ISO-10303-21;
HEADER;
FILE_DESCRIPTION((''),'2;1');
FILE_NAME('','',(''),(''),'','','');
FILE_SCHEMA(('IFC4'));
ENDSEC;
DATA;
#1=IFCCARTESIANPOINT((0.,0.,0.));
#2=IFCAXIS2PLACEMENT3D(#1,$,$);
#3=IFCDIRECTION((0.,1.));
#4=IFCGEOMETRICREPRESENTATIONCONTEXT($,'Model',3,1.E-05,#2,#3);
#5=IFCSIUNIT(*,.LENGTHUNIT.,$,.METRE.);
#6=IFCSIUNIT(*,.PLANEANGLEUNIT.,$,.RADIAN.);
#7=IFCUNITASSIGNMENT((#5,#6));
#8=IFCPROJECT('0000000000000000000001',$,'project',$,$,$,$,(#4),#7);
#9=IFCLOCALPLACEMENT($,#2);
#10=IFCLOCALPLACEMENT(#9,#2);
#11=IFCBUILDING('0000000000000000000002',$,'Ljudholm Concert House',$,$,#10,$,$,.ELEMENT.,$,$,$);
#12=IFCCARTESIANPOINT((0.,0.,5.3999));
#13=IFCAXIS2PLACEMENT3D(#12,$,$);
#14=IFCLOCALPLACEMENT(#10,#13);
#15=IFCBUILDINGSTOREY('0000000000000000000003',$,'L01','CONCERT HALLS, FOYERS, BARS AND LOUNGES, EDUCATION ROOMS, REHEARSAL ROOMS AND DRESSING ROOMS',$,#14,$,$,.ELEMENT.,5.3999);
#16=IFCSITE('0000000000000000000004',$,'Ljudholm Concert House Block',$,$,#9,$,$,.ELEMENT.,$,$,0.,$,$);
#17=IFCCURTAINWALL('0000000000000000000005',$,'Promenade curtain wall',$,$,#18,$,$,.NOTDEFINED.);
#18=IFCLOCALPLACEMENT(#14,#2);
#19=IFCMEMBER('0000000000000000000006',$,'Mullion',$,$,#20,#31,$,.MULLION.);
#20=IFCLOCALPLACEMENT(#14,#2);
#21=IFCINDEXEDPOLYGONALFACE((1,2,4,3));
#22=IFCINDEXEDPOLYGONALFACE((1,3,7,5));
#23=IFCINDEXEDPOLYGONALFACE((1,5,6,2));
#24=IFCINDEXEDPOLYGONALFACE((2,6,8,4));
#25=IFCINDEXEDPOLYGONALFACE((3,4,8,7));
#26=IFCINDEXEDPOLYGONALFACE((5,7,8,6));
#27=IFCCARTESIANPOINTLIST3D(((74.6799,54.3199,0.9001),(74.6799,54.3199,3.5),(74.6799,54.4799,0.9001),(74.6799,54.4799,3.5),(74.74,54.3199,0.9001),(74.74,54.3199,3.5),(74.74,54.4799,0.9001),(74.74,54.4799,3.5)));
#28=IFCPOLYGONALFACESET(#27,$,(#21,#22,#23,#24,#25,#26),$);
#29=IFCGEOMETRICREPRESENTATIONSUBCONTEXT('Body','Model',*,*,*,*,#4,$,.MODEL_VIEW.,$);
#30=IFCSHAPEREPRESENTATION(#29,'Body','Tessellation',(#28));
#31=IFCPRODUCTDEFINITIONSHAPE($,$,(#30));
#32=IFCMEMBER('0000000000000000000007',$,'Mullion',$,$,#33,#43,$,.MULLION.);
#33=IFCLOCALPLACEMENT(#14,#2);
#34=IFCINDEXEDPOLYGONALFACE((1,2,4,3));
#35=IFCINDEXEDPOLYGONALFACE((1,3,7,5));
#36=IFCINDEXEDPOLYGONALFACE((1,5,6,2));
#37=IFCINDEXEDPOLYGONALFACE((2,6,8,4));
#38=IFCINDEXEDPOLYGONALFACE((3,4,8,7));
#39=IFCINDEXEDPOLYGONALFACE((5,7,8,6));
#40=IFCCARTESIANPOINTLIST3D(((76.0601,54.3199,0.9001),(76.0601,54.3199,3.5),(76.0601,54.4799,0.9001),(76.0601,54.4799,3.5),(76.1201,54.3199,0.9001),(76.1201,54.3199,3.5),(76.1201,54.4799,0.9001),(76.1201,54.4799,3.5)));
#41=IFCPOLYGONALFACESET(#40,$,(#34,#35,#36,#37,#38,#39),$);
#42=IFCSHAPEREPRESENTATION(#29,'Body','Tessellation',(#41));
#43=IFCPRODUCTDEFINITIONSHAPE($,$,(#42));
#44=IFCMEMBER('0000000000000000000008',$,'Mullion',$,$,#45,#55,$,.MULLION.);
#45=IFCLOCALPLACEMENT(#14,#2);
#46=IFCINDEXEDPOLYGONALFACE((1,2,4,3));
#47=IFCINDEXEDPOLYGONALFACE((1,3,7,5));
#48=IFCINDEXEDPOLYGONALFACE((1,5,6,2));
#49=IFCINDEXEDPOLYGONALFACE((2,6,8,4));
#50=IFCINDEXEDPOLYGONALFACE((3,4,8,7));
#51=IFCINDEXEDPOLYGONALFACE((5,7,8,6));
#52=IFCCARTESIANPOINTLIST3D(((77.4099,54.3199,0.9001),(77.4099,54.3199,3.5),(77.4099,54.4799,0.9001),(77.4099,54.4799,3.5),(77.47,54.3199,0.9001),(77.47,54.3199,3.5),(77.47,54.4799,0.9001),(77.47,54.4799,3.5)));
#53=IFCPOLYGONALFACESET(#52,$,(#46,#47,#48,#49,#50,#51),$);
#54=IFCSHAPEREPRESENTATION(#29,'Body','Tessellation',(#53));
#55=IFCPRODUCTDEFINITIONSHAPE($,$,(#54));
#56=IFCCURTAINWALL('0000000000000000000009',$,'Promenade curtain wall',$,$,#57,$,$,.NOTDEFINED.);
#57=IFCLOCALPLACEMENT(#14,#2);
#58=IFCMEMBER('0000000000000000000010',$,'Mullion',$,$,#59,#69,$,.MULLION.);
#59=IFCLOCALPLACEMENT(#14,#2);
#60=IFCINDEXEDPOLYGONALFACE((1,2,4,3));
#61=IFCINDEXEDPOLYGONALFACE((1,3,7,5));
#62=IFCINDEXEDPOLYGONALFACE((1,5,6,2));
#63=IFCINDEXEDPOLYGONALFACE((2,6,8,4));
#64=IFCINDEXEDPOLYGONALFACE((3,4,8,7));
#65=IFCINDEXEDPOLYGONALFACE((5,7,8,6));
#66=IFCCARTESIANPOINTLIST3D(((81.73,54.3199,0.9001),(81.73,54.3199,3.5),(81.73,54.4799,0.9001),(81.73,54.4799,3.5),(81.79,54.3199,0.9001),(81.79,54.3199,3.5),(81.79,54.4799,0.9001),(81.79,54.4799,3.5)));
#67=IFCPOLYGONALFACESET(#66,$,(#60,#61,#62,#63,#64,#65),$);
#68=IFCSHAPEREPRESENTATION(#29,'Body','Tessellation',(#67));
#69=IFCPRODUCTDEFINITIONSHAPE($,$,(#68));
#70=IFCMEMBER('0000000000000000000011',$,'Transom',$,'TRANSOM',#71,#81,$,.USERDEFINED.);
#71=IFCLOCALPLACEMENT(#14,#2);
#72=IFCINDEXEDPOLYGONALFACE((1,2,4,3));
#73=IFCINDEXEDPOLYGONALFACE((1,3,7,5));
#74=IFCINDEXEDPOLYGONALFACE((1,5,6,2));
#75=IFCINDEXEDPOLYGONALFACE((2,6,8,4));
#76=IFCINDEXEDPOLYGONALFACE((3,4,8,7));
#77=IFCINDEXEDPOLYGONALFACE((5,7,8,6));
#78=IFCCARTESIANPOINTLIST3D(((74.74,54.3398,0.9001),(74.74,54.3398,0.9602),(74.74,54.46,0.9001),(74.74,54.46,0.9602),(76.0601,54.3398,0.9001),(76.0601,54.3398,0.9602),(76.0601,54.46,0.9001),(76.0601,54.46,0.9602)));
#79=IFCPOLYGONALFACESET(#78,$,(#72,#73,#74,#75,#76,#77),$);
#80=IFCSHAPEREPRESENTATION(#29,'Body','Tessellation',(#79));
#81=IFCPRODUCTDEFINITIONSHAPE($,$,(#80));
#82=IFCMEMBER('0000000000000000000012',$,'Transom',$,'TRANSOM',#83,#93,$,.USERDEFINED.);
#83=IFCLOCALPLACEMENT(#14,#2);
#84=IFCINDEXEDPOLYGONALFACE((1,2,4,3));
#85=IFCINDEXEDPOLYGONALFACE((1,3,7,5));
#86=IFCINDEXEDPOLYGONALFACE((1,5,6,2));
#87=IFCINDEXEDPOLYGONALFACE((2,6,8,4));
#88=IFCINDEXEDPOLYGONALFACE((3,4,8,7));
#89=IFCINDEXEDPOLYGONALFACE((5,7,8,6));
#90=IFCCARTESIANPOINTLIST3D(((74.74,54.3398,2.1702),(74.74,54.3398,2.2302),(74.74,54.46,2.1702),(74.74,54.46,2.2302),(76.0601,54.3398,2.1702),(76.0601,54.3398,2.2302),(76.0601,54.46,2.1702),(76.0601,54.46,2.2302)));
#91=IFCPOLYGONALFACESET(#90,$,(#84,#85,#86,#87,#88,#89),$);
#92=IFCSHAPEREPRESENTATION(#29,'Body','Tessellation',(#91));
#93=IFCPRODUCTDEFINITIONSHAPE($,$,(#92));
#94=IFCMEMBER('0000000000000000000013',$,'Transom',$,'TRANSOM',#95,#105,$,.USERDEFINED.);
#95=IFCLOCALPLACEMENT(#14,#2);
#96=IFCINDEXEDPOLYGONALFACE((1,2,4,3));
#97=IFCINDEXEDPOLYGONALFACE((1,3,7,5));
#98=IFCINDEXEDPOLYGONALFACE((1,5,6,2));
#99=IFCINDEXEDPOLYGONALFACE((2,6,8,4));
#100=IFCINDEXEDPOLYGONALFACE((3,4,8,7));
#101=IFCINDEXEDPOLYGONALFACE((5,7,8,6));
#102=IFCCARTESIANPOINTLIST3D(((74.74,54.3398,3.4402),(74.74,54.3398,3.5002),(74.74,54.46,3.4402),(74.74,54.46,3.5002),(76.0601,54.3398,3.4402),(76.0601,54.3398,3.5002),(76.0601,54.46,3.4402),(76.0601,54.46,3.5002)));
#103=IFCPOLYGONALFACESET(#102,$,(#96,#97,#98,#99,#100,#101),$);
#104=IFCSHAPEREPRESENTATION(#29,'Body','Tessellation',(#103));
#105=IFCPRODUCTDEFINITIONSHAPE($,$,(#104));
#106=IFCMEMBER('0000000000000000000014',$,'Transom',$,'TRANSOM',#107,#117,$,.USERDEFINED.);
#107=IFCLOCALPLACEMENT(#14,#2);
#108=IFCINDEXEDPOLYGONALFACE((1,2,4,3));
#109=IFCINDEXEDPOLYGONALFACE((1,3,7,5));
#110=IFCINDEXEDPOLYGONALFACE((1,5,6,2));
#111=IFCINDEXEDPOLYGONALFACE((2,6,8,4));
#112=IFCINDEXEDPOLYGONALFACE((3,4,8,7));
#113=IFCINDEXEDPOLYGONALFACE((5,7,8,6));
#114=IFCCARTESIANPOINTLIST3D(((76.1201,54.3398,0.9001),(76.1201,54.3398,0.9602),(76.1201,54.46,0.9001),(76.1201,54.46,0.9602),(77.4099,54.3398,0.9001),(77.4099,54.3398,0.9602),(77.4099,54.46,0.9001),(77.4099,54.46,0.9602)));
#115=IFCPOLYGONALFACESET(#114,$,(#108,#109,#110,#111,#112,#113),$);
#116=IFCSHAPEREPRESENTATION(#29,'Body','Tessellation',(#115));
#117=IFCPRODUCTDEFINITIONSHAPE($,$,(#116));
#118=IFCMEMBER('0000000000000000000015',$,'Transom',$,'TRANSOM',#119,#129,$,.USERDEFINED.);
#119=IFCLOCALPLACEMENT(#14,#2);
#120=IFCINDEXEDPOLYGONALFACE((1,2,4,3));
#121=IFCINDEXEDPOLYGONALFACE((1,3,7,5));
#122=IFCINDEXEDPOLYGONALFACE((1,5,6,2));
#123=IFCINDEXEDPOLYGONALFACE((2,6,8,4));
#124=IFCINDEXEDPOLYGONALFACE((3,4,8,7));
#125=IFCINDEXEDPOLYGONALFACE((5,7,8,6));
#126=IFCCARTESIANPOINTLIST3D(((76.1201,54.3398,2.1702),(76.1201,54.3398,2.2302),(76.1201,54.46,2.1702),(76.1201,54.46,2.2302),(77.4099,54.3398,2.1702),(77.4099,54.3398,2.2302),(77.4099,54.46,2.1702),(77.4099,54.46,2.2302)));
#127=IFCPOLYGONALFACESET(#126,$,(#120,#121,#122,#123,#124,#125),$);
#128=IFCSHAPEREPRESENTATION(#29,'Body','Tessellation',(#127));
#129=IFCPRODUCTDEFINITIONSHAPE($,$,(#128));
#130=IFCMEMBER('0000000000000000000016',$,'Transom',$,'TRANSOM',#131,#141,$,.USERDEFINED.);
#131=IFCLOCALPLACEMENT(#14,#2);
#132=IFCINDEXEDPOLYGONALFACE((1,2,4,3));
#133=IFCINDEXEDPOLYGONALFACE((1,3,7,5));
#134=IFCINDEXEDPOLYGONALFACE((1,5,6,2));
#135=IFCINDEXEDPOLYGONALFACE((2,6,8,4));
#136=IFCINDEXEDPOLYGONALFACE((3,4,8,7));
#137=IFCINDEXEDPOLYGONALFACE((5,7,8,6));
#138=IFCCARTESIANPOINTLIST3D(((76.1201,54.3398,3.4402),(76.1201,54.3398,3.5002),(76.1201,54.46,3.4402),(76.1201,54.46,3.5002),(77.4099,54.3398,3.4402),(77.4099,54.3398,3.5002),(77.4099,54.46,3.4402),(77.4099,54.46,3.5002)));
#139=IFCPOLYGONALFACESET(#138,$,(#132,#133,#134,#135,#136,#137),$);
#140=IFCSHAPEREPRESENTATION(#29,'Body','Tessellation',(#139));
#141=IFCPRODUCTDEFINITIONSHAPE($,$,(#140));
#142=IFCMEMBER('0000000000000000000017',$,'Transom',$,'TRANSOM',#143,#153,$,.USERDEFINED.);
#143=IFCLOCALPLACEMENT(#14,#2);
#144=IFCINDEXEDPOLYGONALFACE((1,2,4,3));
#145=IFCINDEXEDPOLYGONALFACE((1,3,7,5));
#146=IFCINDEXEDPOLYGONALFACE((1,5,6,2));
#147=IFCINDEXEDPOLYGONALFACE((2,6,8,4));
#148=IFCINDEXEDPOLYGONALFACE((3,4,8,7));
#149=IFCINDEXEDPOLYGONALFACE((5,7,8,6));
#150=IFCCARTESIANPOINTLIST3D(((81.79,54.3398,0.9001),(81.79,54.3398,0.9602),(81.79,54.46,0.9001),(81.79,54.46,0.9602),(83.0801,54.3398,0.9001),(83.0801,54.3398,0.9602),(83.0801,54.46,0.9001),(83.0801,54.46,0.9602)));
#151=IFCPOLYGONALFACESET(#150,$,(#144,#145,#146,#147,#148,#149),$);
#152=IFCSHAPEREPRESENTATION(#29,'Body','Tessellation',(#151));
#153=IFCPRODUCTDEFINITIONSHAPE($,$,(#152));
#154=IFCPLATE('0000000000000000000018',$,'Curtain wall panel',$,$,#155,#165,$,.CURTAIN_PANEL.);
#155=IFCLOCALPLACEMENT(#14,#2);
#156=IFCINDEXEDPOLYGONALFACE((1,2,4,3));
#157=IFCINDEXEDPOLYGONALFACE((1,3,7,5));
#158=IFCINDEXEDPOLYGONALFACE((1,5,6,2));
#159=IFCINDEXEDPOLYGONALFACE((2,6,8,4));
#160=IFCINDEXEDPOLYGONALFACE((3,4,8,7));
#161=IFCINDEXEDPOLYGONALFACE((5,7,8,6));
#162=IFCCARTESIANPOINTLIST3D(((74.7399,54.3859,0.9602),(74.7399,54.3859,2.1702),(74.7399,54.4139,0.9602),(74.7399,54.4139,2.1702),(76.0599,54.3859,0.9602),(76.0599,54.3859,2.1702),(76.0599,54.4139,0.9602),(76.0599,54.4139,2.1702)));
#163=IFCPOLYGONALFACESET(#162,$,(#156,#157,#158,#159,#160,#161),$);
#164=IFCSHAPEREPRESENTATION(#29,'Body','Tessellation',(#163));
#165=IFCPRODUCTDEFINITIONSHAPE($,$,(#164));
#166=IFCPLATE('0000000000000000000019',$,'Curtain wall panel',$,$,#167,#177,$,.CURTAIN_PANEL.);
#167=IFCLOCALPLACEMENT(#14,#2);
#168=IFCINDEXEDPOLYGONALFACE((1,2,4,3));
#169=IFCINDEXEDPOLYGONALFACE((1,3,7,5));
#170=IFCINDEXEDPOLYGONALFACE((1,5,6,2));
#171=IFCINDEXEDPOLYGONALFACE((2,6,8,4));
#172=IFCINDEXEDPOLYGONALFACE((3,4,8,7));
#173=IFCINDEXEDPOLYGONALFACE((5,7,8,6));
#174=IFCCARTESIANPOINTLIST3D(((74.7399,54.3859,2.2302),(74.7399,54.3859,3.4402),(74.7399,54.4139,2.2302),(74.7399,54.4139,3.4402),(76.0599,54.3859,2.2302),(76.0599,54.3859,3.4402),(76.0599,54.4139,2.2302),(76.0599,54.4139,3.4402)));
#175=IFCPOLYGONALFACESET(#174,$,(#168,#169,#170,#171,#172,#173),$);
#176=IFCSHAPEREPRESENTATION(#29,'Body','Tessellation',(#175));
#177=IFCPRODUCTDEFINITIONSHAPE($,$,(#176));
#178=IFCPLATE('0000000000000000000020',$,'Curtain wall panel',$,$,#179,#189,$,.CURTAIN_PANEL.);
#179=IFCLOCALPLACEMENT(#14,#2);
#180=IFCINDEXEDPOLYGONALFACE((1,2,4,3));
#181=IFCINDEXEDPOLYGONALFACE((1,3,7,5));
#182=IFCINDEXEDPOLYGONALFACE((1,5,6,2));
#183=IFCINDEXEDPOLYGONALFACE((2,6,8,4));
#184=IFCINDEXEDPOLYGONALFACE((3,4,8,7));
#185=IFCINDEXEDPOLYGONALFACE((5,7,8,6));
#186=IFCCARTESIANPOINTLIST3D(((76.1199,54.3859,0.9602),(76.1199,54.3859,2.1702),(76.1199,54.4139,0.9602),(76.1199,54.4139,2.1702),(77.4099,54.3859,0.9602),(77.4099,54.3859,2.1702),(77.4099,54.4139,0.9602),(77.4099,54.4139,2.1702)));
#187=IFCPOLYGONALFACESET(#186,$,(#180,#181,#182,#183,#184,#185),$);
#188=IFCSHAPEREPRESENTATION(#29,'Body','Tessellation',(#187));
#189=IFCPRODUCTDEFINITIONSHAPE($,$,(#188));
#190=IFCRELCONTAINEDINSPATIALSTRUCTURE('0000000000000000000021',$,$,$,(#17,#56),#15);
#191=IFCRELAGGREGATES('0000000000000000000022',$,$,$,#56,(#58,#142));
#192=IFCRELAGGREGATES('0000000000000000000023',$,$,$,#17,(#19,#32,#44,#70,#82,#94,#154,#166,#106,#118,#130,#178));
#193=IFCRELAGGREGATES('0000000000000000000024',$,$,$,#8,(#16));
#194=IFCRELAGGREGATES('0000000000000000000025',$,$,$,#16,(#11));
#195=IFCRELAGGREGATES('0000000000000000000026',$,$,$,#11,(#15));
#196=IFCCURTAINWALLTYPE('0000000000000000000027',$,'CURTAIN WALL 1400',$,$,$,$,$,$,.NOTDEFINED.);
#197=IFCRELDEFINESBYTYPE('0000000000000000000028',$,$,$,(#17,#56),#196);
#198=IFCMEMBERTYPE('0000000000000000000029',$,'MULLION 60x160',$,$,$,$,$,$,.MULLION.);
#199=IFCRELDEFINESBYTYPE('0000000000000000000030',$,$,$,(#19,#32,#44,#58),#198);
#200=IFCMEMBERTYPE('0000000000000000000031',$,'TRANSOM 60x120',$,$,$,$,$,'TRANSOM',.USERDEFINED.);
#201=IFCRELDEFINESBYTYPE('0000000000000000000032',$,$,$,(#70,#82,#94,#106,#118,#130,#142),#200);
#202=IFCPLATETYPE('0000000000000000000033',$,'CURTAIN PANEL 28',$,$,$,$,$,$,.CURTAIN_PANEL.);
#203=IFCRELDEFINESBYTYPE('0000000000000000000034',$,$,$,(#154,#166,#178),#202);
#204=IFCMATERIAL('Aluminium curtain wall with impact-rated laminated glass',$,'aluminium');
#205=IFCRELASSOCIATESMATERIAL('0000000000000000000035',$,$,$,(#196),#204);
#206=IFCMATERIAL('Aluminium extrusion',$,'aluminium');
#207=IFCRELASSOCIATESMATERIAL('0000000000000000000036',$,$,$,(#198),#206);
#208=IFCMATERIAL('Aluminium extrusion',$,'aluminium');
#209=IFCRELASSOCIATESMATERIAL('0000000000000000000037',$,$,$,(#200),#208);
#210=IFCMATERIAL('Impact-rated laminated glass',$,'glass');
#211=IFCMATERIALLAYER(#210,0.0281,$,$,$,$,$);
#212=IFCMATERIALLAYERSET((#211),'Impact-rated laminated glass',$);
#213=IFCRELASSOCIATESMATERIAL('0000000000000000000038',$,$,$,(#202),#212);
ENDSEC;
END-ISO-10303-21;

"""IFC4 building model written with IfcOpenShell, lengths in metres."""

from ifc_helpers import new_model, si_unit, direction, frame, origin, origin_2d, place, context, subcontext, project, spatial, rectangle, extrude, material, layer, layer_set, material_profile, profile_set, type_object, element, aggregate, save


model = new_model("IFC4")

# Units and contexts
model_context = context("Model", 3, precision=1e-05, world=origin(), true_north=direction((0.0, 1.0)))
body_context = subcontext(model_context, "Body", "Model", "MODEL_VIEW")
ifc_project = project(units=[si_unit("LENGTHUNIT", "METRE"), si_unit("PLANEANGLEUNIT", "RADIAN")], contexts=[model_context])

# Site, building, storey
site_placement = place(None, origin())
site = spatial("IfcSite", under=ifc_project, at=site_placement, Name="Ljudholm Concert House Block", CompositionType="ELEMENT", RefElevation=0.0)
building_placement = place(site_placement, origin())
building = spatial("IfcBuilding", under=site, at=building_placement, Name="Ljudholm Concert House", CompositionType="ELEMENT")
storey_placement = place(building_placement, frame((0.0, 0.0, 5.3999)))
storey = spatial("IfcBuildingStorey", under=building, at=storey_placement, Name="L01", Description="CONCERT HALLS, FOYERS, BARS AND LOUNGES, EDUCATION ROOMS, REHEARSAL ROOMS AND DRESSING ROOMS", CompositionType="ELEMENT", Elevation=5.3999)

# Curtain wall, members
ifc_material_1 = material(Name="Aluminium curtain wall with impact-rated laminated glass", Category="aluminium")
curtain_wall_type = type_object("IfcCurtainWallType", Name="CURTAIN WALL 1400", PredefinedType="NOTDEFINED", material=ifc_material_1)
curtain_wall_1_placement = place(storey_placement, origin())
curtain_wall_1 = element("IfcCurtainWall", 1, at=curtain_wall_1_placement, inside=storey, type_object=curtain_wall_type, Name="Promenade curtain wall", PredefinedType="NOTDEFINED")
ifc_material_2 = material(Name="Aluminium extrusion", Category="aluminium")
ifc_material_profile_1 = material_profile(ifc_material_2, rectangle(XDim=0.1599, YDim=0.0601, at=origin_2d()), Name="MULLION 60x160")
ifc_profile_set_1 = profile_set([ifc_material_profile_1], Name="Aluminium extrusion")
member_type_1 = type_object("IfcMemberType", Name="MULLION 60x160", PredefinedType="MULLION", material=ifc_profile_set_1)
member_1_placement = place(storey_placement, frame((74.71, 54.3999, 0.9001), z_axis=(0.0, 0.0, 1.0), x_axis=(0.0, 1.0, 0.0)))
member_1 = element("IfcMember", 2, at=member_1_placement, type_object=member_type_1, Name="Mullion", PredefinedType="MULLION", context=body_context, shape_type="SweptSolid", body=[
    extrude(rectangle(XDim=0.1599, YDim=0.0601, at=origin_2d()), origin(), (0.0, 0.0, 1.0), 2.5999),
])
member_2_placement = place(storey_placement, frame((76.0901, 54.3999, 0.9001), z_axis=(0.0, 0.0, 1.0), x_axis=(0.0, 1.0, 0.0)))
member_2 = element("IfcMember", 3, at=member_2_placement, type_object=member_type_1, Name="Mullion", PredefinedType="MULLION", context=body_context, shape_type="SweptSolid", body=[
    extrude(rectangle(XDim=0.1599, YDim=0.0601, at=origin_2d()), origin(), (0.0, 0.0, 1.0), 2.5999),
])
member_3_placement = place(storey_placement, frame((77.4399, 54.3999, 0.9001), z_axis=(0.0, 0.0, 1.0), x_axis=(0.0, 1.0, 0.0)))
member_3 = element("IfcMember", 4, at=member_3_placement, type_object=member_type_1, Name="Mullion", PredefinedType="MULLION", context=body_context, shape_type="SweptSolid", body=[
    extrude(rectangle(XDim=0.1599, YDim=0.0601, at=origin_2d()), origin(), (0.0, 0.0, 1.0), 2.5999),
])

# Curtain wall, member
curtain_wall_2_placement = place(storey_placement, origin())
curtain_wall_2 = element("IfcCurtainWall", 5, at=curtain_wall_2_placement, inside=storey, type_object=curtain_wall_type, Name="Promenade curtain wall", PredefinedType="NOTDEFINED")
member_4_placement = place(storey_placement, frame((81.76, 54.3999, 0.9001), z_axis=(0.0, 0.0, 1.0), x_axis=(0.0, 1.0, 0.0)))
member_4 = element("IfcMember", 6, at=member_4_placement, type_object=member_type_1, Name="Mullion", PredefinedType="MULLION", context=body_context, shape_type="SweptSolid", body=[
    extrude(rectangle(XDim=0.1599, YDim=0.0601, at=origin_2d()), origin(), (0.0, 0.0, 1.0), 2.5999),
])

# Members
ifc_material_3 = material(Name="Aluminium extrusion", Category="aluminium")
ifc_material_profile_2 = material_profile(ifc_material_3, rectangle(XDim=0.1201, YDim=0.0601, at=origin_2d()), Name="TRANSOM 60x120")
ifc_profile_set_2 = profile_set([ifc_material_profile_2], Name="Aluminium extrusion")
member_type_2 = type_object("IfcMemberType", Name="TRANSOM 60x120", ElementType="TRANSOM", PredefinedType="USERDEFINED", material=ifc_profile_set_2)
member_5_placement = place(storey_placement, frame((74.74, 54.3999, 0.9302), z_axis=(1.0, 0.0, 0.0), x_axis=(0.0, 1.0, 0.0)))
member_5 = element("IfcMember", 7, at=member_5_placement, type_object=member_type_2, Name="Transom", ObjectType="TRANSOM", PredefinedType="USERDEFINED", context=body_context, shape_type="SweptSolid", body=[
    extrude(rectangle(XDim=0.1201, YDim=0.0601, at=origin_2d()), origin(), (0.0, 0.0, 1.0), 1.3201),
])
member_6_placement = place(storey_placement, frame((74.74, 54.3999, 2.2002), z_axis=(1.0, 0.0, 0.0), x_axis=(0.0, 1.0, 0.0)))
member_6 = element("IfcMember", 8, at=member_6_placement, type_object=member_type_2, Name="Transom", ObjectType="TRANSOM", PredefinedType="USERDEFINED", context=body_context, shape_type="SweptSolid", body=[
    extrude(rectangle(XDim=0.1201, YDim=0.0601, at=origin_2d()), origin(), (0.0, 0.0, 1.0), 1.3201),
])
member_7_placement = place(storey_placement, frame((74.74, 54.3999, 3.4702), z_axis=(1.0, 0.0, 0.0), x_axis=(0.0, 1.0, 0.0)))
member_7 = element("IfcMember", 9, at=member_7_placement, type_object=member_type_2, Name="Transom", ObjectType="TRANSOM", PredefinedType="USERDEFINED", context=body_context, shape_type="SweptSolid", body=[
    extrude(rectangle(XDim=0.1201, YDim=0.0601, at=origin_2d()), origin(), (0.0, 0.0, 1.0), 1.3201),
])
member_8_placement = place(storey_placement, frame((76.1201, 54.3999, 0.9302), z_axis=(1.0, 0.0, 0.0), x_axis=(0.0, 1.0, 0.0)))
member_8 = element("IfcMember", 10, at=member_8_placement, type_object=member_type_2, Name="Transom", ObjectType="TRANSOM", PredefinedType="USERDEFINED", context=body_context, shape_type="SweptSolid", body=[
    extrude(rectangle(XDim=0.1201, YDim=0.0601, at=origin_2d()), origin(), (0.0, 0.0, 1.0), 1.2898),
])
member_9_placement = place(storey_placement, frame((76.1201, 54.3999, 2.2002), z_axis=(1.0, 0.0, 0.0), x_axis=(0.0, 1.0, 0.0)))
member_9 = element("IfcMember", 11, at=member_9_placement, type_object=member_type_2, Name="Transom", ObjectType="TRANSOM", PredefinedType="USERDEFINED", context=body_context, shape_type="SweptSolid", body=[
    extrude(rectangle(XDim=0.1201, YDim=0.0601, at=origin_2d()), origin(), (0.0, 0.0, 1.0), 1.2898),
])
member_10_placement = place(storey_placement, frame((76.1201, 54.3999, 3.4702), z_axis=(1.0, 0.0, 0.0), x_axis=(0.0, 1.0, 0.0)))
member_10 = element("IfcMember", 12, at=member_10_placement, type_object=member_type_2, Name="Transom", ObjectType="TRANSOM", PredefinedType="USERDEFINED", context=body_context, shape_type="SweptSolid", body=[
    extrude(rectangle(XDim=0.1201, YDim=0.0601, at=origin_2d()), origin(), (0.0, 0.0, 1.0), 1.2898),
])
member_11_placement = place(storey_placement, frame((81.79, 54.3999, 0.9302), z_axis=(1.0, 0.0, 0.0), x_axis=(0.0, 1.0, 0.0)))
member_11 = element("IfcMember", 13, at=member_11_placement, type_object=member_type_2, Name="Transom", ObjectType="TRANSOM", PredefinedType="USERDEFINED", context=body_context, shape_type="SweptSolid", body=[
    extrude(rectangle(XDim=0.1201, YDim=0.0601, at=origin_2d()), origin(), (0.0, 0.0, 1.0), 1.29),
])
aggregate(curtain_wall_2, [member_4, member_11])

# Plates
ifc_material_4 = material(Name="Impact-rated laminated glass", Category="glass")
ifc_layer_1 = layer(ifc_material_4, 0.0281)
ifc_layer_set_1 = layer_set([ifc_layer_1], Name="Impact-rated laminated glass")
plate_type = type_object("IfcPlateType", Name="CURTAIN PANEL 28", PredefinedType="CURTAIN_PANEL", material=ifc_layer_set_1)
plate_1_placement = place(storey_placement, frame((75.3999, 54.3999, 0.9602), z_axis=(0.0, 0.0, 1.0), x_axis=(1.0, 0.0, 0.0)))
plate_1 = element("IfcPlate", 14, at=plate_1_placement, type_object=plate_type, Name="Curtain wall panel", PredefinedType="CURTAIN_PANEL", context=body_context, shape_type="SweptSolid", body=[
    extrude(rectangle(XDim=1.3201, YDim=0.0281, at=origin_2d()), origin(), (0.0, 0.0, 1.0), 1.21),
])
plate_2_placement = place(storey_placement, frame((75.3999, 54.3999, 2.2302), z_axis=(0.0, 0.0, 1.0), x_axis=(1.0, 0.0, 0.0)))
plate_2 = element("IfcPlate", 15, at=plate_2_placement, type_object=plate_type, Name="Curtain wall panel", PredefinedType="CURTAIN_PANEL", context=body_context, shape_type="SweptSolid", body=[
    extrude(rectangle(XDim=1.3201, YDim=0.0281, at=origin_2d()), origin(), (0.0, 0.0, 1.0), 1.21),
])
plate_3_placement = place(storey_placement, frame((76.7649, 54.3999, 0.9602), z_axis=(0.0, 0.0, 1.0), x_axis=(1.0, 0.0, 0.0)))
plate_3 = element("IfcPlate", 16, at=plate_3_placement, type_object=plate_type, Name="Curtain wall panel", PredefinedType="CURTAIN_PANEL", context=body_context, shape_type="SweptSolid", body=[
    extrude(rectangle(XDim=1.29, YDim=0.0281, at=origin_2d()), origin(), (0.0, 0.0, 1.0), 1.21),
])
aggregate(curtain_wall_1, [member_1, member_2, member_3, member_5, member_6, member_7, plate_1, plate_2, member_8, member_9, member_10, plate_3])

save(model, "model.ifc")
